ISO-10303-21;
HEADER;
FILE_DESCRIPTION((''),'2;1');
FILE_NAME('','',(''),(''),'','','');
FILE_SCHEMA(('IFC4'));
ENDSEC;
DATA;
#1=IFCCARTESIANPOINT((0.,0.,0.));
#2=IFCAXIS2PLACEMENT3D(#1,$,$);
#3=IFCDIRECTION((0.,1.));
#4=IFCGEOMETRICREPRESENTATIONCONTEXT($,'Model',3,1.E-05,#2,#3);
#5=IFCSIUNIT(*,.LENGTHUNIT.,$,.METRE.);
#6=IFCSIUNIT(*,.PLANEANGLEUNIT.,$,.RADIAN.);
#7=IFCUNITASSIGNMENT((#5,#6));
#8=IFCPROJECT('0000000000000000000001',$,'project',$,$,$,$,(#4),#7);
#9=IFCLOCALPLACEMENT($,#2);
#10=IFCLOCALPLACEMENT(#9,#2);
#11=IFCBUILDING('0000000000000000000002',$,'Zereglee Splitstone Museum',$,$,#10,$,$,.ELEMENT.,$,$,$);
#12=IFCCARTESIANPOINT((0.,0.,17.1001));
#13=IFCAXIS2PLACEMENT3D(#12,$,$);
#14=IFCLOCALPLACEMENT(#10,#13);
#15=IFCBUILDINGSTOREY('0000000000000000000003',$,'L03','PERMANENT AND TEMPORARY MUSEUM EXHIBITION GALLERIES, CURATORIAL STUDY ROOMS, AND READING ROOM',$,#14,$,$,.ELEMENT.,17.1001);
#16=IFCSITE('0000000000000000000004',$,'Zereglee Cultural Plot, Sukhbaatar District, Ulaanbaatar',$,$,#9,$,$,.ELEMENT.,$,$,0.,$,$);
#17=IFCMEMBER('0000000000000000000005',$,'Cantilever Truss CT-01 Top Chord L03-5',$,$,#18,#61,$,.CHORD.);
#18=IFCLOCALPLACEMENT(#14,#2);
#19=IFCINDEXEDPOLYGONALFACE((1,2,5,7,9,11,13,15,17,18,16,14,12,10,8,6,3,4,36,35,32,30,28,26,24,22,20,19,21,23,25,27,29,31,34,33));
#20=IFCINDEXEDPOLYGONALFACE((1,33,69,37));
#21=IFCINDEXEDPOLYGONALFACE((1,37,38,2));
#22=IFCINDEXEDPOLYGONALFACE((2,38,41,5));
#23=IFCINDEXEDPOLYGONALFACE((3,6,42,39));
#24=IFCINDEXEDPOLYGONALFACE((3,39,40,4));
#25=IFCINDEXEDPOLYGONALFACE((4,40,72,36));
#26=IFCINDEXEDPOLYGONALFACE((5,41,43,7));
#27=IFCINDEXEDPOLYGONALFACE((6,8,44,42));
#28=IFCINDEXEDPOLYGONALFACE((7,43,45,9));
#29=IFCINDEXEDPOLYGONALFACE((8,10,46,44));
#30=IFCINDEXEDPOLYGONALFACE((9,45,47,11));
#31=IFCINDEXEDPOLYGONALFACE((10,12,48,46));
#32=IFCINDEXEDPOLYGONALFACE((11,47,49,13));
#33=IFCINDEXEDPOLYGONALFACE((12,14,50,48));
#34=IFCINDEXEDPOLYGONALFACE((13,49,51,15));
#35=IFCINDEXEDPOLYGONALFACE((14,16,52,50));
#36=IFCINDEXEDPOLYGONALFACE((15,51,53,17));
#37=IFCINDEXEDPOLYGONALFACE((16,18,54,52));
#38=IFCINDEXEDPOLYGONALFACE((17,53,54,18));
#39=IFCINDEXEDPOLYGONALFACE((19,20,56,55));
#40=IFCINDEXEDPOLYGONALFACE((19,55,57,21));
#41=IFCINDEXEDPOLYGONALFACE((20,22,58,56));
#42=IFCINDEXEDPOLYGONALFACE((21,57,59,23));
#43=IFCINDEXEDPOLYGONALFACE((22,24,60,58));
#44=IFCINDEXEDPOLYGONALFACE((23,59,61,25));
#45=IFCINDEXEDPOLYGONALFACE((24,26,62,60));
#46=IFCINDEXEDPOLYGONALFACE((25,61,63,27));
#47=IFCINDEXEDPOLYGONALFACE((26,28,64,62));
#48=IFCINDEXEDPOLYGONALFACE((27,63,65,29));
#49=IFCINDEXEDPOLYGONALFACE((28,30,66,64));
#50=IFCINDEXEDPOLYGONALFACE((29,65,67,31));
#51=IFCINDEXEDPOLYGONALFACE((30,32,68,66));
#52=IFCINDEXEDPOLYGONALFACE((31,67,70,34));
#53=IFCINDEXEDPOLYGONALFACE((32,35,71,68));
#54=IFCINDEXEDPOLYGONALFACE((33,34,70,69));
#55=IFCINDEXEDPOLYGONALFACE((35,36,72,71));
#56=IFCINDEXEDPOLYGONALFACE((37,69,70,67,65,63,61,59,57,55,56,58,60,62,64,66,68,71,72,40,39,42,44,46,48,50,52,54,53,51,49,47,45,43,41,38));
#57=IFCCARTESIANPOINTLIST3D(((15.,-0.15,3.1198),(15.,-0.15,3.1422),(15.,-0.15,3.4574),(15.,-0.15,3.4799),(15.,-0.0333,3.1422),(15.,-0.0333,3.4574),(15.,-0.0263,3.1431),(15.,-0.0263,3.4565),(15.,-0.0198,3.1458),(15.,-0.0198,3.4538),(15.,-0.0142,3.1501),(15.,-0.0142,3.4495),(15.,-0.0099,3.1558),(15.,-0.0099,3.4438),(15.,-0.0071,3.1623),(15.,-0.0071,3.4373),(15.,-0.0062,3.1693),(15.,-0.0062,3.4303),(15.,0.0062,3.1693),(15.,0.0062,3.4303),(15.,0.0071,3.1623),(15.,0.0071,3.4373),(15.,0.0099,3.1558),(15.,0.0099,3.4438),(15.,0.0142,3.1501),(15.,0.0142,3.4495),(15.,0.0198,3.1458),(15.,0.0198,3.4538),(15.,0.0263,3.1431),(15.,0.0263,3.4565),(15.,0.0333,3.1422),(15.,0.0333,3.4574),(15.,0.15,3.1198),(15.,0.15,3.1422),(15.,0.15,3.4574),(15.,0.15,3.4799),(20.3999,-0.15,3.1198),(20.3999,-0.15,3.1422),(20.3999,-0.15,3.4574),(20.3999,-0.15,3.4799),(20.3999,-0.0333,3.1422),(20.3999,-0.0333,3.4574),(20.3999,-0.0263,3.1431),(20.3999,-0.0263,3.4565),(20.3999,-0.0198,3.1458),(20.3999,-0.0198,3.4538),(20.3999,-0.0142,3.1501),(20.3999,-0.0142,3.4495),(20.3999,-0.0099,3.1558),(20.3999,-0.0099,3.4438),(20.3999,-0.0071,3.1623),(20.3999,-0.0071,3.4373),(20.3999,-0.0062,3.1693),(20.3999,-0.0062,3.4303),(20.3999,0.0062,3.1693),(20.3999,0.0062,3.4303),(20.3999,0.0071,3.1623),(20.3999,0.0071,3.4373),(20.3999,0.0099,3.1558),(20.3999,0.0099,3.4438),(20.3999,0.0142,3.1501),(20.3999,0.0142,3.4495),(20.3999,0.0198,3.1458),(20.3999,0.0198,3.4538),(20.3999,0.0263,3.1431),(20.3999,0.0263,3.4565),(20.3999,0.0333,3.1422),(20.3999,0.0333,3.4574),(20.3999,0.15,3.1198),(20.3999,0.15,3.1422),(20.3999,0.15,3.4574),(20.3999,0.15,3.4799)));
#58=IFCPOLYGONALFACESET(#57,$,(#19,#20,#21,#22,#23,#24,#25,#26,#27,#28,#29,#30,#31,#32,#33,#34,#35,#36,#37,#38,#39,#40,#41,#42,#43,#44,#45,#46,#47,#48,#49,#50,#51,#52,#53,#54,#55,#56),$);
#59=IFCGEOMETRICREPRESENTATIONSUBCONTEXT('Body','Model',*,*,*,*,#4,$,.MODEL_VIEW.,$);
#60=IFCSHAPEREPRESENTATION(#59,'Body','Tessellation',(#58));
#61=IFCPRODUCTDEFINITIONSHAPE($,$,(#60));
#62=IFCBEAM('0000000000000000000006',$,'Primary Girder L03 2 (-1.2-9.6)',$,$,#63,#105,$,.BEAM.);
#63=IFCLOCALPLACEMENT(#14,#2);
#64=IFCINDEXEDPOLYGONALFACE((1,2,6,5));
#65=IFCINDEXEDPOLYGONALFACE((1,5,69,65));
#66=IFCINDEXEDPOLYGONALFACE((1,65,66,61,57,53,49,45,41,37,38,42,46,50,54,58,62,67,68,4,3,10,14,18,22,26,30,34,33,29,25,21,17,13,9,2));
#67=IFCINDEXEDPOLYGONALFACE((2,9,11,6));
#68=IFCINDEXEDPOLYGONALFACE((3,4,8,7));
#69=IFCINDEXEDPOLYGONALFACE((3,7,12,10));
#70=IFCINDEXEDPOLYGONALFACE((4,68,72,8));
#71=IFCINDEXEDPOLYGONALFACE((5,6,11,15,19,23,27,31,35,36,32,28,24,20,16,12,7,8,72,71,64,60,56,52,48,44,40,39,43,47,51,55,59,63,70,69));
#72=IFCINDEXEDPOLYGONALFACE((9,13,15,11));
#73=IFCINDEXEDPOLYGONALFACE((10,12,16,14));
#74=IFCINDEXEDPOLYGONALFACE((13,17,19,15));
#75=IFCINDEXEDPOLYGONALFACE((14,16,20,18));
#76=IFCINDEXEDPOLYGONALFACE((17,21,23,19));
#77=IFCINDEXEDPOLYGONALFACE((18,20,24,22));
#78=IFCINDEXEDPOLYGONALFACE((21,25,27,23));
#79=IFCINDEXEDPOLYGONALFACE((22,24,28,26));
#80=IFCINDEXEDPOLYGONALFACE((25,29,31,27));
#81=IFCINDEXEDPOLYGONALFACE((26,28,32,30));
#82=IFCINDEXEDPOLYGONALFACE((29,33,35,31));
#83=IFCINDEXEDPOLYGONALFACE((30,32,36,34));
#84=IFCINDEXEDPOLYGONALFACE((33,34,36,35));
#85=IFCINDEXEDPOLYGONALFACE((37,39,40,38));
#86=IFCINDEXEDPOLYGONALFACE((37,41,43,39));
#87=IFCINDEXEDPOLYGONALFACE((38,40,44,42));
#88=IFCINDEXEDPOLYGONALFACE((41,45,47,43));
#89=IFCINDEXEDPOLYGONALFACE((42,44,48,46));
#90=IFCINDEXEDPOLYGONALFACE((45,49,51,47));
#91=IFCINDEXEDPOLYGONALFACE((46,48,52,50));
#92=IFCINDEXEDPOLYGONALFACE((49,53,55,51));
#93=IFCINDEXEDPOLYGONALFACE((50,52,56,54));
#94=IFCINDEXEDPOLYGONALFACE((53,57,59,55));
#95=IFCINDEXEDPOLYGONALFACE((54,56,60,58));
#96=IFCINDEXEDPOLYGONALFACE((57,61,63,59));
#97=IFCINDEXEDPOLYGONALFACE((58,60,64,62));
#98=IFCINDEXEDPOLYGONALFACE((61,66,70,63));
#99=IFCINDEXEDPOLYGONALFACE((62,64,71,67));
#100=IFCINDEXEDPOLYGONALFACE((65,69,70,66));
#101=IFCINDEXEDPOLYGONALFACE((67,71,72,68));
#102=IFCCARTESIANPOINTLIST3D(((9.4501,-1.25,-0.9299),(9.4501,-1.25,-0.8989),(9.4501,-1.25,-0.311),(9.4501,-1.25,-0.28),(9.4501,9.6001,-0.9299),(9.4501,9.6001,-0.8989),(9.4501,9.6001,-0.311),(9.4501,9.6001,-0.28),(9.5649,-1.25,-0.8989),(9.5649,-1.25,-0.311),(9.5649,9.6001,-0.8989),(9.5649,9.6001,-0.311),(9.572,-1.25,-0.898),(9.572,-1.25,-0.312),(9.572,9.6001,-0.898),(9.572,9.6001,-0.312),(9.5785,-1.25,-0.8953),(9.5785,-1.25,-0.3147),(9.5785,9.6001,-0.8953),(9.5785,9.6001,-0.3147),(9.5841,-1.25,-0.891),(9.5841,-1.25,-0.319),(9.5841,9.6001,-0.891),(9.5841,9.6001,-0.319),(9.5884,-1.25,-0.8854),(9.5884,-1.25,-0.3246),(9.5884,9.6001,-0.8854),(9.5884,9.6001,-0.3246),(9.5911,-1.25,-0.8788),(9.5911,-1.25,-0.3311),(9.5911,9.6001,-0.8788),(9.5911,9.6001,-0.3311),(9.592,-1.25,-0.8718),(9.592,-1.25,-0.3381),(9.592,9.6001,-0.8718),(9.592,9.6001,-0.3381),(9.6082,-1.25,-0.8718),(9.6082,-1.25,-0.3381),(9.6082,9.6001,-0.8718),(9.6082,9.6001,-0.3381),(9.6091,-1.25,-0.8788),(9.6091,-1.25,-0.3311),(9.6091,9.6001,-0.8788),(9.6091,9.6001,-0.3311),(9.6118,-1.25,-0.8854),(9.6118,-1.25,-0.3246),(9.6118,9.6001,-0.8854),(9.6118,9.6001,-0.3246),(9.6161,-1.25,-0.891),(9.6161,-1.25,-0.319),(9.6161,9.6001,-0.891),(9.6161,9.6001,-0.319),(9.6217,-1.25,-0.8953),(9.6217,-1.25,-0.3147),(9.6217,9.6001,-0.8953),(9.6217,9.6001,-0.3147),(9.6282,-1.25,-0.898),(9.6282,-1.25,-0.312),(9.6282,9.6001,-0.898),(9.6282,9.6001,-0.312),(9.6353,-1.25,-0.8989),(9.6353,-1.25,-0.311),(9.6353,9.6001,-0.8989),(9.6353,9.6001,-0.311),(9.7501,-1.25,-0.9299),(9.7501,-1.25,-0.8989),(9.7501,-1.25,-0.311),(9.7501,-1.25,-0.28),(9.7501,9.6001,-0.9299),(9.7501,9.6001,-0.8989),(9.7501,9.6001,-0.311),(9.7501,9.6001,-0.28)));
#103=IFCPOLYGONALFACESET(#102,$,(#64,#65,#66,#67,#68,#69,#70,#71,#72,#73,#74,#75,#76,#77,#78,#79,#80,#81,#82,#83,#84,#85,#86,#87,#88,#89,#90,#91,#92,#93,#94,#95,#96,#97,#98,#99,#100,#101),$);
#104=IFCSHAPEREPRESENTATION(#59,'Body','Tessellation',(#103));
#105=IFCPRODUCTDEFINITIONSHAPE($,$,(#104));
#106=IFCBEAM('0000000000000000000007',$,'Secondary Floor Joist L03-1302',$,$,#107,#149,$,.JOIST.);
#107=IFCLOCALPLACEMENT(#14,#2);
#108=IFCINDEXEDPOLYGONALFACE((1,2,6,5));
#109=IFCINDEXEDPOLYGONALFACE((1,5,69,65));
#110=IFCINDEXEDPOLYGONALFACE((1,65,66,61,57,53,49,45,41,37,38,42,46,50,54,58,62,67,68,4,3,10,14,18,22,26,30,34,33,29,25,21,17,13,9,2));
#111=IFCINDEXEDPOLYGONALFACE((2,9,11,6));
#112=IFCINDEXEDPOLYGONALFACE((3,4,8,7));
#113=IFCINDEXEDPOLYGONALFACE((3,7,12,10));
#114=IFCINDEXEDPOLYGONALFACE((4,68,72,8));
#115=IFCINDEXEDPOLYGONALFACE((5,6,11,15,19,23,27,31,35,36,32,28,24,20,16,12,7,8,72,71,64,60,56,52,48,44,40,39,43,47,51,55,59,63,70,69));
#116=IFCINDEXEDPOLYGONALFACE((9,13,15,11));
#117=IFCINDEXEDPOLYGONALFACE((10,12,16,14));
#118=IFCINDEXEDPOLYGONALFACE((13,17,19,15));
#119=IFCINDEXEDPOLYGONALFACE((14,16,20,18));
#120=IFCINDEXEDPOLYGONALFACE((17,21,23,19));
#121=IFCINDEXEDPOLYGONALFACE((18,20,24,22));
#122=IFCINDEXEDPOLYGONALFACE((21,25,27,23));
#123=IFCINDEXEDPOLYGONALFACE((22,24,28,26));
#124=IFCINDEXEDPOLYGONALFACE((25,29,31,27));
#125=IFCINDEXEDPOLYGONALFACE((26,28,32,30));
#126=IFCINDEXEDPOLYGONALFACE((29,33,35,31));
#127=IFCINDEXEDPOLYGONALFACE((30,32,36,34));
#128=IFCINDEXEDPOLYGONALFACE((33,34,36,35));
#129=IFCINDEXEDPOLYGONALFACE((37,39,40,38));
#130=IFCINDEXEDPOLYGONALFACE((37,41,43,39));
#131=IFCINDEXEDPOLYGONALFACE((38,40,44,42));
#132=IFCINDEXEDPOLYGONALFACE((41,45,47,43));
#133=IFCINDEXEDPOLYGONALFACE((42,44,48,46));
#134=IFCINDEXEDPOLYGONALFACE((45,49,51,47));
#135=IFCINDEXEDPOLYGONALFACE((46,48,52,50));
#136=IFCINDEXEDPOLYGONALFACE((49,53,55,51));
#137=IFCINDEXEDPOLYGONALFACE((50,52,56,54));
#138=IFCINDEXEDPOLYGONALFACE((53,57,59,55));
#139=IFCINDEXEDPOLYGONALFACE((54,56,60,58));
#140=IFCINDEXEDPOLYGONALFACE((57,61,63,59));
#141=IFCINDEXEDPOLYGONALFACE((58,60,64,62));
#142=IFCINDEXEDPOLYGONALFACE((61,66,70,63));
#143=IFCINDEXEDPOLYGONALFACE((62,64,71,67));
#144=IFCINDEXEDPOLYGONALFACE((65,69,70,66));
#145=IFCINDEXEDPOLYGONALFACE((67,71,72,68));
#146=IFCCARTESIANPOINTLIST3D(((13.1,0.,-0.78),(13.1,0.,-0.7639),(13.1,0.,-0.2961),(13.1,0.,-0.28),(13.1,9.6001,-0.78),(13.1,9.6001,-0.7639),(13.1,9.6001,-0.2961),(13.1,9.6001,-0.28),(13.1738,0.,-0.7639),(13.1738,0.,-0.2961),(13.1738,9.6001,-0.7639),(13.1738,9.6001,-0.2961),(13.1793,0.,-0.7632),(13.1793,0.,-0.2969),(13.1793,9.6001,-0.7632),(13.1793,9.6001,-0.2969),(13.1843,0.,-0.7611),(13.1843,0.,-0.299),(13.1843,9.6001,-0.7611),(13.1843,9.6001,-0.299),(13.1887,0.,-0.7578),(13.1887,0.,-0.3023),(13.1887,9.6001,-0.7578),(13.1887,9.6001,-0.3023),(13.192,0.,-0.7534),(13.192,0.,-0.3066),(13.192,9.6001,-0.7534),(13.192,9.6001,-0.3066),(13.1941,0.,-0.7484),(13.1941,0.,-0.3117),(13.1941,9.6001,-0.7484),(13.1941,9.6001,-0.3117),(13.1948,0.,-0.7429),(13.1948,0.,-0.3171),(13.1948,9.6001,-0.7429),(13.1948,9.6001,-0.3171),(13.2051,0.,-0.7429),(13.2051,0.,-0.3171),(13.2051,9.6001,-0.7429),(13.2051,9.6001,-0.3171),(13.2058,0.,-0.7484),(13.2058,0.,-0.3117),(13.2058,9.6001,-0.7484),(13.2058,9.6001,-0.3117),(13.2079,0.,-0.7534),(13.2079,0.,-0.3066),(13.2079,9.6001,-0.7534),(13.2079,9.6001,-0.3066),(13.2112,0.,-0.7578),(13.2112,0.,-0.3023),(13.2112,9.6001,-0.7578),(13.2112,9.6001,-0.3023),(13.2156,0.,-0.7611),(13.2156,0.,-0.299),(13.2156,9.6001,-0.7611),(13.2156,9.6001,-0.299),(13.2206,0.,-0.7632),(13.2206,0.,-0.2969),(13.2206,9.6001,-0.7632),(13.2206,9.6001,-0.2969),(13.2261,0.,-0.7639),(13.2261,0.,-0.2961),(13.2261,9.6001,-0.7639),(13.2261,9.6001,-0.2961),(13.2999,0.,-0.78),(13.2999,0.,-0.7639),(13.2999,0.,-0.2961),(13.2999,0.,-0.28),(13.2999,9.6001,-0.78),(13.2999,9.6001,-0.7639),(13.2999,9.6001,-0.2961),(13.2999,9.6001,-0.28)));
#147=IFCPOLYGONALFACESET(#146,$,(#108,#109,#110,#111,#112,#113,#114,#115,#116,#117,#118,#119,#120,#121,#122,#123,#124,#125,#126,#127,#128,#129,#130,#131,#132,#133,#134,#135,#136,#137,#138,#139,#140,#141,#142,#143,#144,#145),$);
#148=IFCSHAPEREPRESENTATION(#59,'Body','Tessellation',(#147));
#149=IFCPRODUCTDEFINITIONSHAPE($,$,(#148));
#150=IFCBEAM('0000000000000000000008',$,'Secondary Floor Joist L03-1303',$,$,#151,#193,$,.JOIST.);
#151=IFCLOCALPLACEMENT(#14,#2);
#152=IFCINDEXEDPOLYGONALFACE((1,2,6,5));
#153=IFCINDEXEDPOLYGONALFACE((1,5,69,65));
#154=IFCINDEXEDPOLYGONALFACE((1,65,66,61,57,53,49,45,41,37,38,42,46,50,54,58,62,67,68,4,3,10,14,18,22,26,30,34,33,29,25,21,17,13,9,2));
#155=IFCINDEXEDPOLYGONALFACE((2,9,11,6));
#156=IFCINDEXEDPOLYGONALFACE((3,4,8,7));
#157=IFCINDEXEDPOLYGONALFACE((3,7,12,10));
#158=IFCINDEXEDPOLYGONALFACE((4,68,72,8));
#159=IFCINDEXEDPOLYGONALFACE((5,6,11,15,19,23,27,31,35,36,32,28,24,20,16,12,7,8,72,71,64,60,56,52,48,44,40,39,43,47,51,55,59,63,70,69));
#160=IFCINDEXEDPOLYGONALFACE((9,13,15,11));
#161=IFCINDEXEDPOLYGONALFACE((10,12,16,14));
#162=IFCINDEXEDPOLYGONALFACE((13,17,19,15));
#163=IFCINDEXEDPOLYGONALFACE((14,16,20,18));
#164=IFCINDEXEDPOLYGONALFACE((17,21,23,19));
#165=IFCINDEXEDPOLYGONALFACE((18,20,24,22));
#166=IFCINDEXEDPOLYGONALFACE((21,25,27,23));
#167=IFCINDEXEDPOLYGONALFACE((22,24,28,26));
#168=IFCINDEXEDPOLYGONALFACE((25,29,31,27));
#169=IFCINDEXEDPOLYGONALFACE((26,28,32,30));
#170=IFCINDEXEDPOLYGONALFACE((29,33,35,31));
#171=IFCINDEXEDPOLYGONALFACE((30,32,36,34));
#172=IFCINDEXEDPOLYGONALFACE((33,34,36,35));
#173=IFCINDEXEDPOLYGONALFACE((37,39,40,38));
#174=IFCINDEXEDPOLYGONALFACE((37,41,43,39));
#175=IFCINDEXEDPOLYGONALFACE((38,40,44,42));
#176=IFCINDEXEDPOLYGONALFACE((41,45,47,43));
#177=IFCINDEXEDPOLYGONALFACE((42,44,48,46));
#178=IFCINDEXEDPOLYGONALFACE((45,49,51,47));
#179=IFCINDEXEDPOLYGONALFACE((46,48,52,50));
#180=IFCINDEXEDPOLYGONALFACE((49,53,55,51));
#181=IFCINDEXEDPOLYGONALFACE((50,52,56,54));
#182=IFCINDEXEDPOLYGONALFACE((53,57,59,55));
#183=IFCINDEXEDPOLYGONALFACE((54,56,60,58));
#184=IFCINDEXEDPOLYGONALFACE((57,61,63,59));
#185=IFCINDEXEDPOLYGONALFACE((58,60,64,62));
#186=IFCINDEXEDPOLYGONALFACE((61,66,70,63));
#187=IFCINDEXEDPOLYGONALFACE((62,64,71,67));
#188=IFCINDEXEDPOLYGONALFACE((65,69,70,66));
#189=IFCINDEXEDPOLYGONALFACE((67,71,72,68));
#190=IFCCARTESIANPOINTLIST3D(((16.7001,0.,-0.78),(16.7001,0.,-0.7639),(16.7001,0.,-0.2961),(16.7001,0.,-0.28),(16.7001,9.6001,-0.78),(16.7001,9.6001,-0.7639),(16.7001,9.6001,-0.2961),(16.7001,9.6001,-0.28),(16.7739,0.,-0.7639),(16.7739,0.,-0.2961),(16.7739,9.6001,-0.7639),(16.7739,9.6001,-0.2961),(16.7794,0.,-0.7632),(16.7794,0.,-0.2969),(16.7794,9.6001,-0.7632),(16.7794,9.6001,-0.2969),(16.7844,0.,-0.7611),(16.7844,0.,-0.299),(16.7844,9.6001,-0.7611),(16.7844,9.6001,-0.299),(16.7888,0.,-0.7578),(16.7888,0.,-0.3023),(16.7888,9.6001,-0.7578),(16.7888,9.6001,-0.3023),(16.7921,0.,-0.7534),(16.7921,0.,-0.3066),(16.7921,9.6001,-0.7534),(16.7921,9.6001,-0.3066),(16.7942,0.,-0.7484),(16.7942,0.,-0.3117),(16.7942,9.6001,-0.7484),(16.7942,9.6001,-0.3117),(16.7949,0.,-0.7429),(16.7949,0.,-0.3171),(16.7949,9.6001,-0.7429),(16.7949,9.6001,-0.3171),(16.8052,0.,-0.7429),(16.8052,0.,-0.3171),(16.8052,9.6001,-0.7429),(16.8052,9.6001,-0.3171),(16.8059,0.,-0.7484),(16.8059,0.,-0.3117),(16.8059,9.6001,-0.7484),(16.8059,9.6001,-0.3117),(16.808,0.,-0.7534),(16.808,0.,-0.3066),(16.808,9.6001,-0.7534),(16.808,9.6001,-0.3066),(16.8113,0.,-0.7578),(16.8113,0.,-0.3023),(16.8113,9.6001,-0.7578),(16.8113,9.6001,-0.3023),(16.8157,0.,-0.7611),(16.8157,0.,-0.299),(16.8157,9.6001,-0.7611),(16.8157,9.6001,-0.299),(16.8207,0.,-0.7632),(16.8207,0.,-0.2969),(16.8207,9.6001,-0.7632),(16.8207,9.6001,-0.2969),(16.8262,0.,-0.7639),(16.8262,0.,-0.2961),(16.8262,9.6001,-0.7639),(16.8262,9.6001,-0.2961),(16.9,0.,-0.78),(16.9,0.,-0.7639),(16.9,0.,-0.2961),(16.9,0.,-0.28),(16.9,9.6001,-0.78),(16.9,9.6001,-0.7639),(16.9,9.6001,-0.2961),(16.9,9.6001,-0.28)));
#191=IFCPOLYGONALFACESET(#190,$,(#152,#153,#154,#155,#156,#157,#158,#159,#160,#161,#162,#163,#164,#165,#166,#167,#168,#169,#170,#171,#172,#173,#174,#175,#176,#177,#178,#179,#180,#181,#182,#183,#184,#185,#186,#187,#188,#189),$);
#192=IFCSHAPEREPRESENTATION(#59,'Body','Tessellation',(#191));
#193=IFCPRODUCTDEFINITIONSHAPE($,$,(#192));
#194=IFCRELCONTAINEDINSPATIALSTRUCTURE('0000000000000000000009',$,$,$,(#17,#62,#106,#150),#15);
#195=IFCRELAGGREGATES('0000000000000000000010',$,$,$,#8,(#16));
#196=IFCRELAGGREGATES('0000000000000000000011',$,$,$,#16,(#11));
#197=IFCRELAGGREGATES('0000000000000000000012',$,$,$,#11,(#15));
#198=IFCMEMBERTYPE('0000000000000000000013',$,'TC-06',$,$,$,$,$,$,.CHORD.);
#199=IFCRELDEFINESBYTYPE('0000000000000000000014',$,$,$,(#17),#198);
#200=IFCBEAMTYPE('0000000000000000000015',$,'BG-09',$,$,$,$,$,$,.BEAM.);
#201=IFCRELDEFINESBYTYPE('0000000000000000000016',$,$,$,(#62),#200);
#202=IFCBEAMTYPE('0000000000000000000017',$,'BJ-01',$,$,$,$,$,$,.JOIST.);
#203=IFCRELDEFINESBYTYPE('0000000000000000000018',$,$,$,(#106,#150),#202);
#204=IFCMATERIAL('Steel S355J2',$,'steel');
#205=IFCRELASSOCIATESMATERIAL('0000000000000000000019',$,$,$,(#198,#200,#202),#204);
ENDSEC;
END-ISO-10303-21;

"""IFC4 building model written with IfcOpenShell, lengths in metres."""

from ifc_helpers import new_model, si_unit, direction, frame, origin, origin_2d, place, context, subcontext, project, spatial, i_section, extrude, material, material_profile, profile_set, type_object, element, save


model = new_model("IFC4")

# Units and contexts
model_context = context("Model", 3, precision=1e-05, world=origin(), true_north=direction((0.0, 1.0)))
body_context = subcontext(model_context, "Body", "Model", "MODEL_VIEW")
ifc_project = project(units=[si_unit("LENGTHUNIT", "METRE"), si_unit("PLANEANGLEUNIT", "RADIAN")], contexts=[model_context])

# Site, building, storey
site_placement = place(None, origin())
site = spatial("IfcSite", under=ifc_project, at=site_placement, Name="Zereglee Cultural Plot, Sukhbaatar District, Ulaanbaatar", CompositionType="ELEMENT", RefElevation=0.0)
building_placement = place(site_placement, origin())
building = spatial("IfcBuilding", under=site, at=building_placement, Name="Zereglee Splitstone Museum", CompositionType="ELEMENT")
storey_placement = place(building_placement, frame((0.0, 0.0, 17.1001)))
storey = spatial("IfcBuildingStorey", under=building, at=storey_placement, Name="L03", Description="PERMANENT AND TEMPORARY MUSEUM EXHIBITION GALLERIES, CURATORIAL STUDY ROOMS, AND READING ROOM", CompositionType="ELEMENT", Elevation=17.1001)

# Member
ifc_material_1 = material(Name="Steel S355J2", Category="steel")
ifc_material_profile_1 = material_profile(ifc_material_1, i_section(OverallWidth=0.3, OverallDepth=0.3601, WebThickness=0.0125, FlangeThickness=0.0225, FilletRadius=0.0271, at=origin_2d()), Name="HE 360 B")
ifc_profile_set_1 = profile_set([ifc_material_profile_1], Name="Steel S355J2")
member_type_1 = type_object("IfcMemberType", Name="TC-06", PredefinedType="CHORD", material=ifc_profile_set_1)
for number, where, z_axis, x_axis, name in (
    (1, (15.0, 0.0, 3.2998), (1.0, 0.0, 0.0), (0.0, 1.0, 0.0), "Cantilever Truss CT-01 Top Chord L03-5"),
):
    element("IfcMember", number, at=place(storey_placement, frame(where, z_axis=z_axis, x_axis=x_axis)), inside=storey, type_object=member_type_1, Name=name, PredefinedType="CHORD", context=body_context, shape_type="SweptSolid", body=[
        extrude(i_section(OverallWidth=0.3, OverallDepth=0.3601, WebThickness=0.0125, FlangeThickness=0.0225, FilletRadius=0.0271, at=origin_2d()), origin(), (0.0, 0.0, 1.0), 5.3999),
    ])

# Beams
ifc_material_profile_2 = material_profile(ifc_material_1, i_section(OverallWidth=0.3, OverallDepth=0.6499, WebThickness=0.0161, FlangeThickness=0.031, FilletRadius=0.0271, at=origin_2d()), Name="HE 650 B")
ifc_profile_set_2 = profile_set([ifc_material_profile_2], Name="Steel S355J2")
beam_type_1 = type_object("IfcBeamType", Name="BG-09", PredefinedType="BEAM", material=ifc_profile_set_2)
beam_1_placement = place(storey_placement, frame((9.6001, -1.25, -0.605), z_axis=(0.0, 1.0, 0.0), x_axis=(-1.0, 0.0, 0.0)))
element("IfcBeam", 2, at=beam_1_placement, inside=storey, type_object=beam_type_1, Name="Primary Girder L03 2 (-1.2-9.6)", PredefinedType="BEAM", context=body_context, shape_type="SweptSolid", body=[
    extrude(i_section(OverallWidth=0.3, OverallDepth=0.6499, WebThickness=0.0161, FlangeThickness=0.031, FilletRadius=0.0271, at=origin_2d()), origin(), (0.0, 0.0, 1.0), 10.8501),
])
ifc_material_profile_3 = material_profile(ifc_material_1, i_section(OverallWidth=0.2, OverallDepth=0.5, WebThickness=0.0103, FlangeThickness=0.0161, FilletRadius=0.021, at=origin_2d()), Name="IPE 500")
ifc_profile_set_3 = profile_set([ifc_material_profile_3], Name="Steel S355J2")
beam_type_2 = type_object("IfcBeamType", Name="BJ-01", PredefinedType="JOIST", material=ifc_profile_set_3)
for number, where, z_axis, x_axis, name in (
    (3, (13.2, 0.0, -0.53), (0.0, 1.0, 0.0), (-1.0, 0.0, 0.0), "Secondary Floor Joist L03-1302"),
    (4, (16.8, 0.0, -0.53), (0.0, 1.0, 0.0), (-1.0, 0.0, 0.0), "Secondary Floor Joist L03-1303"),
):
    element("IfcBeam", number, at=place(storey_placement, frame(where, z_axis=z_axis, x_axis=x_axis)), inside=storey, type_object=beam_type_2, Name=name, PredefinedType="JOIST", context=body_context, shape_type="SweptSolid", body=[
        extrude(i_section(OverallWidth=0.2, OverallDepth=0.5, WebThickness=0.0103, FlangeThickness=0.0161, FilletRadius=0.021, at=origin_2d()), origin(), (0.0, 0.0, 1.0), 9.6001),
    ])

save(model, "model.ifc")
